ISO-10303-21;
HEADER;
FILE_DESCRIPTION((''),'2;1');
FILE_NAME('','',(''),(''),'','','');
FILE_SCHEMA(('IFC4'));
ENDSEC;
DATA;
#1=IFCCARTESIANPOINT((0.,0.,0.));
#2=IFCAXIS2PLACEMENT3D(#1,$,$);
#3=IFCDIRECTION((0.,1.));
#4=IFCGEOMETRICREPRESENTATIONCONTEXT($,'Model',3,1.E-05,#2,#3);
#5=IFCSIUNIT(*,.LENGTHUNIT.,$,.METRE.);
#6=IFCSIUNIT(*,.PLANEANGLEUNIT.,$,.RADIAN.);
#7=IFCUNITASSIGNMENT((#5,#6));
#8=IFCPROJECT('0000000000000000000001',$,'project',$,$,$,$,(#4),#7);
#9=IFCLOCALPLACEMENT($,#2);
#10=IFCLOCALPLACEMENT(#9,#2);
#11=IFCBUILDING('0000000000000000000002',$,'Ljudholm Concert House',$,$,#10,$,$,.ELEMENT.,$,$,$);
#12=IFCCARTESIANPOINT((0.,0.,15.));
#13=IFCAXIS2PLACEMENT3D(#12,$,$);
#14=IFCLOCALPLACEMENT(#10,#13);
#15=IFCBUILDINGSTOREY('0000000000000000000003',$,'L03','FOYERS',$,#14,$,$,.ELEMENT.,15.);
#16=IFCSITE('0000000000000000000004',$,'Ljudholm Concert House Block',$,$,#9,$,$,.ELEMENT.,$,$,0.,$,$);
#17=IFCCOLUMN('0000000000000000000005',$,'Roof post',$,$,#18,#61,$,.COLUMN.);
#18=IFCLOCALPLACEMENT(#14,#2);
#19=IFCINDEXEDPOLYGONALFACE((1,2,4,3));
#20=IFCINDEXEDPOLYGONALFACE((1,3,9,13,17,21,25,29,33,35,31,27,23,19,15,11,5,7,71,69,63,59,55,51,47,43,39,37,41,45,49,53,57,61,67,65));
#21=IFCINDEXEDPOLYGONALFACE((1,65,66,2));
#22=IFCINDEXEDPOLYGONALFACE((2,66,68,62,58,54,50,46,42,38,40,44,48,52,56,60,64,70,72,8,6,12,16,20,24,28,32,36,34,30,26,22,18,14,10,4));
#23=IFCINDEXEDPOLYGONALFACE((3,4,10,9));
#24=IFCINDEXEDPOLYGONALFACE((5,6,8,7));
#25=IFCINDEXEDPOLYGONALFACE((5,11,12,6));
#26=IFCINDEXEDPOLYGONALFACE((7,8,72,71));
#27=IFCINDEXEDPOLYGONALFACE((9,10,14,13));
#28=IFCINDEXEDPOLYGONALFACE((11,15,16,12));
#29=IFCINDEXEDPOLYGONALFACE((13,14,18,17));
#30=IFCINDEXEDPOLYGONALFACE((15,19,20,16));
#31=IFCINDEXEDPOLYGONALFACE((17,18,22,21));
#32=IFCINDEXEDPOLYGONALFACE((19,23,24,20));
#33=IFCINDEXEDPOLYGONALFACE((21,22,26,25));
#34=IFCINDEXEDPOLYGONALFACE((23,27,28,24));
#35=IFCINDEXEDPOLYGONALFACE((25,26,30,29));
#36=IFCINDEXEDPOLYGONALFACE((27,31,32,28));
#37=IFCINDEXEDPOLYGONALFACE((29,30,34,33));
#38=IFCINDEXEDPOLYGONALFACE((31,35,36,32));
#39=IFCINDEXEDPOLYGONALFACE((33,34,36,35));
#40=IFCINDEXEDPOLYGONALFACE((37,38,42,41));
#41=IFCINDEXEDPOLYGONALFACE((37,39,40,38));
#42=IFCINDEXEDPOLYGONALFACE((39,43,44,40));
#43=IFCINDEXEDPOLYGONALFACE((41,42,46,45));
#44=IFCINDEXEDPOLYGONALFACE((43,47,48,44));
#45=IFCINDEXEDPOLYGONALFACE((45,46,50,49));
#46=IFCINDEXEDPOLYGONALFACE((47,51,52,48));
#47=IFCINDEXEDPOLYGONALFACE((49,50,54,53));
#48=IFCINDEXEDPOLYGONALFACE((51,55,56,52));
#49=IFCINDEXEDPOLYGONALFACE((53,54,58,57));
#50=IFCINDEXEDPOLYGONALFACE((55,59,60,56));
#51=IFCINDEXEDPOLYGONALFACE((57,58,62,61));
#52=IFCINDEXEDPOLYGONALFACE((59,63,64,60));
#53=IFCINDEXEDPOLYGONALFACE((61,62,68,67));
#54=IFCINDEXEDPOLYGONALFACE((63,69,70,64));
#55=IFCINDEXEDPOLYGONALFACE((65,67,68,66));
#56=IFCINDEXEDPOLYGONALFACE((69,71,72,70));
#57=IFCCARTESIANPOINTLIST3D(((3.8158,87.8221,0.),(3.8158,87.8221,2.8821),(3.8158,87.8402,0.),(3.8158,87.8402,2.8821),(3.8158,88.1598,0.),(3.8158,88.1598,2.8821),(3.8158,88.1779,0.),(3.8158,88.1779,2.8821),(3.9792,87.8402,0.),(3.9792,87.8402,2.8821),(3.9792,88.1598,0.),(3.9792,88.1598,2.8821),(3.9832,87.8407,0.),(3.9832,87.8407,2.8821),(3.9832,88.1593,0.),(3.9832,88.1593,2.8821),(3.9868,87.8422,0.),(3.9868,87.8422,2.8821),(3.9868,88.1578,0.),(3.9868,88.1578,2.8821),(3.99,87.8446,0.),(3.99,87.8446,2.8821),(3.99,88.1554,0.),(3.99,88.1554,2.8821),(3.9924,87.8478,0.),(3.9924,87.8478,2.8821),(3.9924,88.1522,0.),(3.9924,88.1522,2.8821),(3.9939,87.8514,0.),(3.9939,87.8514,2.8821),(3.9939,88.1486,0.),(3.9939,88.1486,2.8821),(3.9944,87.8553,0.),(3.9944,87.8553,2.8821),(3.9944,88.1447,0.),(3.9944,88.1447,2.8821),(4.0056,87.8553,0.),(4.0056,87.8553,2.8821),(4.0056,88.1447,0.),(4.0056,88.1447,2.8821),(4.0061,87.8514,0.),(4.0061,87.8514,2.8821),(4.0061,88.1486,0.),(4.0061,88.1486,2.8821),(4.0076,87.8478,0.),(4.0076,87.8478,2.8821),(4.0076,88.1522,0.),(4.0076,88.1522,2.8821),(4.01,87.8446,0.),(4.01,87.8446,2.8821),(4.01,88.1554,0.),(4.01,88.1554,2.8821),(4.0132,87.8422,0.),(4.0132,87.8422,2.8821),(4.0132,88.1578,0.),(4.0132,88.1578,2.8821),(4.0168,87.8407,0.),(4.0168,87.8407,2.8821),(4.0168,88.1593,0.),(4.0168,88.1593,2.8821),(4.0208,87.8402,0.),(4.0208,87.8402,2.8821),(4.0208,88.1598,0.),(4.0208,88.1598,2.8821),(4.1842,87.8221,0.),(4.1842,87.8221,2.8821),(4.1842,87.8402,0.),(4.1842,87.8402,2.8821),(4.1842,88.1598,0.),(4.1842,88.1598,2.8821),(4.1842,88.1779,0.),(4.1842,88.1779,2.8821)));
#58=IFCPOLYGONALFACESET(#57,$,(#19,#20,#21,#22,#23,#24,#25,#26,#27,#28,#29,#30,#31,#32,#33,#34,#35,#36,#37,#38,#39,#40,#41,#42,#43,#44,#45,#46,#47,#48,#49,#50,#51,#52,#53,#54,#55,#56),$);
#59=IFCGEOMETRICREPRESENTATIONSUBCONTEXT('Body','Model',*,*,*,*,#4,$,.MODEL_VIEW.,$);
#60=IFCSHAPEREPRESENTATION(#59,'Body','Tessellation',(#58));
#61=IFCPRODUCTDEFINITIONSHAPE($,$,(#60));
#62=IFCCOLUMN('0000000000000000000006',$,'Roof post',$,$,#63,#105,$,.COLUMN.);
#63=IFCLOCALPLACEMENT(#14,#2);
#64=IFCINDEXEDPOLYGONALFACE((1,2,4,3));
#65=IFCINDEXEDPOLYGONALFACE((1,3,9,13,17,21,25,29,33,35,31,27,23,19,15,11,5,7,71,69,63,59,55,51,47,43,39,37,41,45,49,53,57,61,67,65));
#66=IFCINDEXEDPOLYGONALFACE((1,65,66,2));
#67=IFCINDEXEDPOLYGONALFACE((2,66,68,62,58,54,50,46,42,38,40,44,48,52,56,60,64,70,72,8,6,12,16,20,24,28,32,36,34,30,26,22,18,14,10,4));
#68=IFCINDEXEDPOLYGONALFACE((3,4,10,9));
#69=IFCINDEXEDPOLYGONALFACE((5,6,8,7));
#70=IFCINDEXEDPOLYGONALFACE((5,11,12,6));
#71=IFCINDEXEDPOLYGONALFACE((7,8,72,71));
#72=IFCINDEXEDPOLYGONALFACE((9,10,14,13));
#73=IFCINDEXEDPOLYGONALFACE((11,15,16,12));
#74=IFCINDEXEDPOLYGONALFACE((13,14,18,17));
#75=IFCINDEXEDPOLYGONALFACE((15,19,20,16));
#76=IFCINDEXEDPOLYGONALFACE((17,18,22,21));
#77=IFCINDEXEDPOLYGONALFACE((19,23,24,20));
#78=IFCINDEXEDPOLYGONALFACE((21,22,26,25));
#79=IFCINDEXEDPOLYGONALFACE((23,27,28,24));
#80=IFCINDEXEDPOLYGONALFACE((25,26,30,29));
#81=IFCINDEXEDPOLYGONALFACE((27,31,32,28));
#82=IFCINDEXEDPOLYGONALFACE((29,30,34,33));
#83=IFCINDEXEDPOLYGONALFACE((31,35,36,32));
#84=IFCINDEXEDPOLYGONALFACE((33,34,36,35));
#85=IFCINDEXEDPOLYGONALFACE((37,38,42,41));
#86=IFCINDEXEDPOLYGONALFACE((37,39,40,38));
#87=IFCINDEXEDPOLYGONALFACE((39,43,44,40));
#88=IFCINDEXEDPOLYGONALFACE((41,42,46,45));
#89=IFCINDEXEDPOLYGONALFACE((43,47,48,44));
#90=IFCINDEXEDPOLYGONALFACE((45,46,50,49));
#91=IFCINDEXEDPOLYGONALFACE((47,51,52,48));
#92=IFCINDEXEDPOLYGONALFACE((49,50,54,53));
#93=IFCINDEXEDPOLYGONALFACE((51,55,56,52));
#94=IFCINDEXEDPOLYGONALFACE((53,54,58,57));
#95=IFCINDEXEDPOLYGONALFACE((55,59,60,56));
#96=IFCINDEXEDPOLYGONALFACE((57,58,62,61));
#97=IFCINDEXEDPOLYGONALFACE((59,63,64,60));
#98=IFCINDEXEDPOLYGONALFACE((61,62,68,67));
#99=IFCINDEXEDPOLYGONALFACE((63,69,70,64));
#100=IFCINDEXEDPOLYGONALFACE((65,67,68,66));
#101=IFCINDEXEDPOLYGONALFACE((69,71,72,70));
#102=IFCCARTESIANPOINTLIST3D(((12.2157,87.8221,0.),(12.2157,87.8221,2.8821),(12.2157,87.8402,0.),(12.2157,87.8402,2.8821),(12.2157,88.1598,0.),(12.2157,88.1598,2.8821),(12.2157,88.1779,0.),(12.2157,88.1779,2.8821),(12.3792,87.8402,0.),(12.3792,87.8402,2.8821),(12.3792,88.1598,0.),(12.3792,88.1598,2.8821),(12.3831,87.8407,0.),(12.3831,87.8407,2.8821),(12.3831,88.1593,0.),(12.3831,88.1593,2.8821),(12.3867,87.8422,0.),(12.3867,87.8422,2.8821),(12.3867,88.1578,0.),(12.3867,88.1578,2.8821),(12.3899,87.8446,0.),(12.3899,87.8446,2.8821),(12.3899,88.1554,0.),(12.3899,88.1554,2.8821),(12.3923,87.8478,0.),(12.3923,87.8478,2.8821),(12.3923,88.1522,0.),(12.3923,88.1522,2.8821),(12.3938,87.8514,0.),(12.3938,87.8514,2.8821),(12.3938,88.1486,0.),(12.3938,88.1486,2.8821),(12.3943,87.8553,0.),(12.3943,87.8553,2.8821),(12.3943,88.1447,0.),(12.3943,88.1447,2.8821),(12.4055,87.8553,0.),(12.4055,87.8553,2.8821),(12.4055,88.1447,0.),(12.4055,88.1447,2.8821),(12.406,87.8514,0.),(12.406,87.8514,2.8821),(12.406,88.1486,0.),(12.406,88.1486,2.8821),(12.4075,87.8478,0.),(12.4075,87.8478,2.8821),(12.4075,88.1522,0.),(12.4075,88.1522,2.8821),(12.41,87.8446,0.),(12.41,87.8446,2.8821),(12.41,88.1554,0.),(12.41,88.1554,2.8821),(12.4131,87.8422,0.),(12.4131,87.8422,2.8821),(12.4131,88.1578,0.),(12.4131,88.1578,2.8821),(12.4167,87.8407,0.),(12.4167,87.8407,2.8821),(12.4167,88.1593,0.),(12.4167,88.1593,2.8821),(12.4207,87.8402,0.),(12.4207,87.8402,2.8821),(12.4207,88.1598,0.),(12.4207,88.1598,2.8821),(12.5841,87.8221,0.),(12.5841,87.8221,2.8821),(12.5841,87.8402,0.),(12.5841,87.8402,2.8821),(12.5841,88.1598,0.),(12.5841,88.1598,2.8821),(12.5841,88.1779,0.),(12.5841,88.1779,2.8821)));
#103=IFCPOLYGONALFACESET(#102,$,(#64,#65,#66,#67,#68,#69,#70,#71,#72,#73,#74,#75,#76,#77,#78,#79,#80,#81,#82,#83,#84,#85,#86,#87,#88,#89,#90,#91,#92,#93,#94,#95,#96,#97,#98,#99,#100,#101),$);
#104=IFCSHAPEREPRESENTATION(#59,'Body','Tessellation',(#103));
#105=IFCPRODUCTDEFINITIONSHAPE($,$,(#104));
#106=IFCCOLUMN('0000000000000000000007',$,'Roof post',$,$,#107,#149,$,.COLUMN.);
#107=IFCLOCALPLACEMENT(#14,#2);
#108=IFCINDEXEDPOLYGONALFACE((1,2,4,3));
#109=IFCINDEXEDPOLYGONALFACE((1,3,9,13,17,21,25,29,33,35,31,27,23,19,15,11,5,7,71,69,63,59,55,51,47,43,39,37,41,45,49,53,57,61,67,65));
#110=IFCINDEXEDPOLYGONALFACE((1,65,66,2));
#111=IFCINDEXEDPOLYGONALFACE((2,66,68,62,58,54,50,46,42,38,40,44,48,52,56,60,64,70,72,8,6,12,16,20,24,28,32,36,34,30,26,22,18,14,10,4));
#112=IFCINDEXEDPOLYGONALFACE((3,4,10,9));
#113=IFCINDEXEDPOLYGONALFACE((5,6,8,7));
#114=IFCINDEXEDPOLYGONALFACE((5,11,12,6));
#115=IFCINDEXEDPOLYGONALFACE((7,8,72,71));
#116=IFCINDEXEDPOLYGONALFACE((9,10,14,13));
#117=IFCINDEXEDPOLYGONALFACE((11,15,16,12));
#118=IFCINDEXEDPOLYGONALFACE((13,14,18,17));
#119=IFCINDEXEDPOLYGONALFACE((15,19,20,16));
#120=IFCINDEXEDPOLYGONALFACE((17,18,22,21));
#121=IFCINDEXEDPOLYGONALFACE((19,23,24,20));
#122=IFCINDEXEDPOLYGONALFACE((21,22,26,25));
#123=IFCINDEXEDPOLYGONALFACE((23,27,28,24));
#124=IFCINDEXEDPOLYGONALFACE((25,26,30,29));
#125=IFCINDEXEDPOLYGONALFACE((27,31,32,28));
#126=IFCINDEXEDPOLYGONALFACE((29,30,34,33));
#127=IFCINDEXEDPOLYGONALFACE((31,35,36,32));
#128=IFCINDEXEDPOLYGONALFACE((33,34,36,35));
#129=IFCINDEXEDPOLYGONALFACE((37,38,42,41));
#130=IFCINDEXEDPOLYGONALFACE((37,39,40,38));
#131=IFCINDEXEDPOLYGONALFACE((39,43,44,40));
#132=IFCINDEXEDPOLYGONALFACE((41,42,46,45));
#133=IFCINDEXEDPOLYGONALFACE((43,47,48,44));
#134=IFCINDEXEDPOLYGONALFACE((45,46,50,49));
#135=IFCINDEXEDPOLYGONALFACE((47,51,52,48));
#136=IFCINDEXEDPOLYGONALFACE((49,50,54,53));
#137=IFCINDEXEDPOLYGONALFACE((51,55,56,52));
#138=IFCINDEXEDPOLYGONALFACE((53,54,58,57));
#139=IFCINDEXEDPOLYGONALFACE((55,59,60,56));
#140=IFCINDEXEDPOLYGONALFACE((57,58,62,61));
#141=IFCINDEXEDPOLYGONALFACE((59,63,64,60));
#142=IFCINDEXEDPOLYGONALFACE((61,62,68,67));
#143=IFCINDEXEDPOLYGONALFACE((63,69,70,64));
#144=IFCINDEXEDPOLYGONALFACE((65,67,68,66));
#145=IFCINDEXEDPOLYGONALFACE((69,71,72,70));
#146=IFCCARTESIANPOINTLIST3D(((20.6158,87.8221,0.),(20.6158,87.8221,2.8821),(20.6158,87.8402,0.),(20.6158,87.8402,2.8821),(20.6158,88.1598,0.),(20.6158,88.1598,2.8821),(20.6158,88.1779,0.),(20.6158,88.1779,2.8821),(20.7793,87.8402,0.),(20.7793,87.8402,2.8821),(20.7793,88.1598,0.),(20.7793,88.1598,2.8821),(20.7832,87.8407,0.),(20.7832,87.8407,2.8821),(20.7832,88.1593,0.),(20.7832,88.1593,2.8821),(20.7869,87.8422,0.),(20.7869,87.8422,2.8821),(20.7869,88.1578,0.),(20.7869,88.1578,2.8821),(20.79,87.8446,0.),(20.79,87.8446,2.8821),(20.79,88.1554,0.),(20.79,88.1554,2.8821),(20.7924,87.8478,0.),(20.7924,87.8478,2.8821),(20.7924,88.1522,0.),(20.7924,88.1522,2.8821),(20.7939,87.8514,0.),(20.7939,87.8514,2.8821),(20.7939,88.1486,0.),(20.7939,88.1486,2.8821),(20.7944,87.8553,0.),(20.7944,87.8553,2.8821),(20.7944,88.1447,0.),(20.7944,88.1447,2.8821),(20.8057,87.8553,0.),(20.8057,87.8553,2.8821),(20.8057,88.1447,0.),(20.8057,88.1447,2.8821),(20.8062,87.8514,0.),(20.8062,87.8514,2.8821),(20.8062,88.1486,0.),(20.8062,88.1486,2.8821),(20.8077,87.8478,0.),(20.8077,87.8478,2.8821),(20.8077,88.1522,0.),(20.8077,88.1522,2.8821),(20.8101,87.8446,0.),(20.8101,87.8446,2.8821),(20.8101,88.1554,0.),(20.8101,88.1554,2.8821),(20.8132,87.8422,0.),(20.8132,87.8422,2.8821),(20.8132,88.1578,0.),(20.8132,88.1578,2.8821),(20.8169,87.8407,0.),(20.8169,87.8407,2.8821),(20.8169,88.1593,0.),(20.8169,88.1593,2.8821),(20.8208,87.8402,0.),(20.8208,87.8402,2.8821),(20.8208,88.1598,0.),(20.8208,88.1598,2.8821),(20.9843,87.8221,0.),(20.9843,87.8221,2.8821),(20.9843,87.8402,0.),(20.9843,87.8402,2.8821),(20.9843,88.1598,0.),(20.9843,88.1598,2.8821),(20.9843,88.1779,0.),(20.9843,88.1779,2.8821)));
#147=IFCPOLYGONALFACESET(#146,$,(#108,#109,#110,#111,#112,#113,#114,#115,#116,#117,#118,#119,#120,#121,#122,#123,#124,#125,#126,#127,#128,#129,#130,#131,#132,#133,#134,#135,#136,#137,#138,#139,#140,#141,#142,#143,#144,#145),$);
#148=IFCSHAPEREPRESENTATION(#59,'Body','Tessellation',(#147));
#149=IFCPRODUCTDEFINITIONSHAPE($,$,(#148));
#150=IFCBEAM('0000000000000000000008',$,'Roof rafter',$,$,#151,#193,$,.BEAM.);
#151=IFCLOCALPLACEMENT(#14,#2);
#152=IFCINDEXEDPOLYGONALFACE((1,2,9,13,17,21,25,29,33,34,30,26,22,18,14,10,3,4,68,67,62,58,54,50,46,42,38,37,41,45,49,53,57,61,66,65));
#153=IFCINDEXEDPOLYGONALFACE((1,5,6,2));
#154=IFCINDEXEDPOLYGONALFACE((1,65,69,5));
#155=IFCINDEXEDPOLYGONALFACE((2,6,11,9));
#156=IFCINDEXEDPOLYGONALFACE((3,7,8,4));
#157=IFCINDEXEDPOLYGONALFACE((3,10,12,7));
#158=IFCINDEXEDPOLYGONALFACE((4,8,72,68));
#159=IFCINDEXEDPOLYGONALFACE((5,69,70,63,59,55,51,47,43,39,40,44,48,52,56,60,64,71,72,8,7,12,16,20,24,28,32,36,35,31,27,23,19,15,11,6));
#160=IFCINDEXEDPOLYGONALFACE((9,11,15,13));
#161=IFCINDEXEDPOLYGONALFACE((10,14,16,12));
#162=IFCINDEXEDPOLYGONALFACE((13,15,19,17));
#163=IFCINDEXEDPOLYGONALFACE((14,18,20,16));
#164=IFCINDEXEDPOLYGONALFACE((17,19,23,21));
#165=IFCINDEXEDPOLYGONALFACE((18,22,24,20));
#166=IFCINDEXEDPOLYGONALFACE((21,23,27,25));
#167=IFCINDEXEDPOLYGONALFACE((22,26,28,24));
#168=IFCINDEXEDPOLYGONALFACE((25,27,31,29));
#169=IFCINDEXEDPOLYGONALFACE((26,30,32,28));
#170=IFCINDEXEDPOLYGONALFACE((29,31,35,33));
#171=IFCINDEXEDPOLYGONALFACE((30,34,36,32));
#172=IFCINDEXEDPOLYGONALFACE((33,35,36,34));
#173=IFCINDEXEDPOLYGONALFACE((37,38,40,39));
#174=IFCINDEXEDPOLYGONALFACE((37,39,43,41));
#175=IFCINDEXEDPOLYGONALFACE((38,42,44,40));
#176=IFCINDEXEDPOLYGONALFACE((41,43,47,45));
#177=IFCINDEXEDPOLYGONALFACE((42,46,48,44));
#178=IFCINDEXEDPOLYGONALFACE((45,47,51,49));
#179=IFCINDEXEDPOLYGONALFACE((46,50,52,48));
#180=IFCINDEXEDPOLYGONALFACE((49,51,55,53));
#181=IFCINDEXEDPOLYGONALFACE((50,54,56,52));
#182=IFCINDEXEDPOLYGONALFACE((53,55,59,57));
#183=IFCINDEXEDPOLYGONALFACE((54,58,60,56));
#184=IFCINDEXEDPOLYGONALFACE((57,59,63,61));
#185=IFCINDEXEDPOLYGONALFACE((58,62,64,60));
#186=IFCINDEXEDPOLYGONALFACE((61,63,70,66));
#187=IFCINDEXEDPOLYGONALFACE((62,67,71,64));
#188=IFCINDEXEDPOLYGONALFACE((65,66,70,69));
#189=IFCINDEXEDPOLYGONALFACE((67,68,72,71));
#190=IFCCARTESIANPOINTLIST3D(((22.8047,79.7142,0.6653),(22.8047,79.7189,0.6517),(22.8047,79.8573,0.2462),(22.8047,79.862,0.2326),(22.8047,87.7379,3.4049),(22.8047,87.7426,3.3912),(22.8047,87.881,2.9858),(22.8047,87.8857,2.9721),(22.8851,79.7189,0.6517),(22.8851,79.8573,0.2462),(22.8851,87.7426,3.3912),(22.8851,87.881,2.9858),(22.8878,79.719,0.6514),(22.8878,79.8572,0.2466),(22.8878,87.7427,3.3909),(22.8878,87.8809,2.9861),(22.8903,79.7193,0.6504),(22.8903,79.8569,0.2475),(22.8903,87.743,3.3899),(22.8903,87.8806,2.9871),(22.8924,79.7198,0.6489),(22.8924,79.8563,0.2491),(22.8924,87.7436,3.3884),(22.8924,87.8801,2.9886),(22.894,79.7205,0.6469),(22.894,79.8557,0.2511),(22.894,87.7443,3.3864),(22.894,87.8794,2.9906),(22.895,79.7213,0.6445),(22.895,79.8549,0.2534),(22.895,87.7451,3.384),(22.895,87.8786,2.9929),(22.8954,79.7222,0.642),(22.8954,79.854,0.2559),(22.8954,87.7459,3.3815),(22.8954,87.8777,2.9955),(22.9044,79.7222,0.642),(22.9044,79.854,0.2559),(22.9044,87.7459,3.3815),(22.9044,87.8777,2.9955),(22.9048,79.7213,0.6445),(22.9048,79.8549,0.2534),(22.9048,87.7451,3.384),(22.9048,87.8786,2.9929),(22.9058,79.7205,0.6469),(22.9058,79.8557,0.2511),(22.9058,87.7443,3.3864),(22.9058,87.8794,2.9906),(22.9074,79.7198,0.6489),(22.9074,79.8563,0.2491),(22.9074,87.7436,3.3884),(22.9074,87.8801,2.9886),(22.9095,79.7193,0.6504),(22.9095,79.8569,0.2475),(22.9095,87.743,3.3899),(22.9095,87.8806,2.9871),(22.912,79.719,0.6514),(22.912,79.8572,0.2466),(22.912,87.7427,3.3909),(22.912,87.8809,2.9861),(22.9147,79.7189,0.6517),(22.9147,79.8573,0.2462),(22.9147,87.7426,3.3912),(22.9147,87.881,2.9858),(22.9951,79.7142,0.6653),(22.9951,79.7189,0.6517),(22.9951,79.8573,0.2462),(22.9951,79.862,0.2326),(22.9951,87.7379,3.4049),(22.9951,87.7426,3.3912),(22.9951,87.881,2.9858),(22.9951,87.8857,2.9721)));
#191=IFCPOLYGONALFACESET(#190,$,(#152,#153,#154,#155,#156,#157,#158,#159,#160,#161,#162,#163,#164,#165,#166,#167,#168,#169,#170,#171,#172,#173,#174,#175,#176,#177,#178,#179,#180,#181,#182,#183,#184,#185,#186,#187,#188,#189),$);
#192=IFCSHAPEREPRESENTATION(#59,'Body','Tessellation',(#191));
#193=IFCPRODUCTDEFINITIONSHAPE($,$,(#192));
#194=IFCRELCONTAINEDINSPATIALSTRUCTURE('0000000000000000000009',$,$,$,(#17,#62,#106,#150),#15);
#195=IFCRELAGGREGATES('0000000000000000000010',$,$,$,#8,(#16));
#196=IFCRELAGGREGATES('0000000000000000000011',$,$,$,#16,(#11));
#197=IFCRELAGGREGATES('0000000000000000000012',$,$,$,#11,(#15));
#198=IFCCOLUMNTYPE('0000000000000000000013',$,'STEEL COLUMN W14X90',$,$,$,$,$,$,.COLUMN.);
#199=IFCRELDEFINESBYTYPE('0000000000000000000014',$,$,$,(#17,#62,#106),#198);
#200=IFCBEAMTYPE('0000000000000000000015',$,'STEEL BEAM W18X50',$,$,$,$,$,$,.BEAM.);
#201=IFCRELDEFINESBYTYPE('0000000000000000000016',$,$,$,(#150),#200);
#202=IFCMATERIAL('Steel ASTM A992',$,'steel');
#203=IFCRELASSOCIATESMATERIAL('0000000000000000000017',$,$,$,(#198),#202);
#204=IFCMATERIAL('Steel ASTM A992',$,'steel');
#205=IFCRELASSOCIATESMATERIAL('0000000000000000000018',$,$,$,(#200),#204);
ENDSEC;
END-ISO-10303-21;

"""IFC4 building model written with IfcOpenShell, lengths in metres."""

from ifc_helpers import new_model, si_unit, direction, frame, origin, origin_2d, place, context, subcontext, project, spatial, i_section, extrude, material, material_profile, profile_set, type_object, element, save


model = new_model("IFC4")

# Units and contexts
model_context = context("Model", 3, precision=1e-05, world=origin(), true_north=direction((0.0, 1.0)))
body_context = subcontext(model_context, "Body", "Model", "MODEL_VIEW")
ifc_project = project(units=[si_unit("LENGTHUNIT", "METRE"), si_unit("PLANEANGLEUNIT", "RADIAN")], contexts=[model_context])

# Site, building, storey
site_placement = place(None, origin())
site = spatial("IfcSite", under=ifc_project, at=site_placement, Name="Ljudholm Concert House Block", CompositionType="ELEMENT", RefElevation=0.0)
building_placement = place(site_placement, origin())
building = spatial("IfcBuilding", under=site, at=building_placement, Name="Ljudholm Concert House", CompositionType="ELEMENT")
storey_placement = place(building_placement, frame((0.0, 0.0, 15.0)))
storey = spatial("IfcBuildingStorey", under=building, at=storey_placement, Name="L03", Description="FOYERS", CompositionType="ELEMENT", Elevation=15.0)

# Columns
ifc_material_1 = material(Name="Steel ASTM A992", Category="steel")
ifc_material_profile_1 = material_profile(ifc_material_1, i_section(OverallWidth=0.3684, OverallDepth=0.3557, WebThickness=0.0112, FlangeThickness=0.0181, FilletRadius=0.0151, at=origin_2d()), Name="W14X90")
ifc_profile_set_1 = profile_set([ifc_material_profile_1], Name="Steel ASTM A992")
column_type = type_object("IfcColumnType", Name="STEEL COLUMN W14X90", PredefinedType="COLUMN", material=ifc_profile_set_1)
for number, where, z_axis, x_axis, name in (
    (1, (4.0, 88.0, 0.0), (0.0, 0.0, 1.0), (1.0, 0.0, 0.0), "Roof post"),
    (2, (12.3999, 88.0, 0.0), (0.0, 0.0, 1.0), (1.0, 0.0, 0.0), "Roof post"),
    (3, (20.8, 88.0, 0.0), (0.0, 0.0, 1.0), (1.0, 0.0, 0.0), "Roof post"),
):
    element("IfcColumn", number, at=place(storey_placement, frame(where, z_axis=z_axis, x_axis=x_axis)), inside=storey, type_object=column_type, Name=name, PredefinedType="COLUMN", context=body_context, shape_type="SweptSolid", body=[
        extrude(i_section(OverallWidth=0.3684, OverallDepth=0.3557, WebThickness=0.0112, FlangeThickness=0.0181, FilletRadius=0.0151, at=origin_2d()), origin(), (0.0, 0.0, 1.0), 2.8821),
    ])

# Beam
ifc_material_2 = material(Name="Steel ASTM A992", Category="steel")
ifc_material_profile_2 = material_profile(ifc_material_2, i_section(OverallWidth=0.1904, OverallDepth=0.4573, WebThickness=0.009, FlangeThickness=0.0144, FilletRadius=0.0103, at=origin_2d()), Name="W18X50")
ifc_profile_set_2 = profile_set([ifc_material_profile_2], Name="Steel ASTM A992")
beam_type_1 = type_object("IfcBeamType", Name="STEEL BEAM W18X50", PredefinedType="BEAM", material=ifc_profile_set_2)
for number, where, z_axis, x_axis, name in (
    (4, (22.8999, 79.7881, 0.449), (0.0, 0.94636, 0.323113), (-1.0, 0.0, 0.0), "Roof rafter"),
):
    element("IfcBeam", number, at=place(storey_placement, frame(where, z_axis=z_axis, x_axis=x_axis)), inside=storey, type_object=beam_type_1, Name=name, PredefinedType="BEAM", context=body_context, shape_type="SweptSolid", body=[
        extrude(i_section(OverallWidth=0.1904, OverallDepth=0.4573, WebThickness=0.009, FlangeThickness=0.0144, FilletRadius=0.0103, at=origin_2d()), origin(), (0.0, 0.0, 1.0), 8.4785),
    ])

save(model, "model.ifc")
